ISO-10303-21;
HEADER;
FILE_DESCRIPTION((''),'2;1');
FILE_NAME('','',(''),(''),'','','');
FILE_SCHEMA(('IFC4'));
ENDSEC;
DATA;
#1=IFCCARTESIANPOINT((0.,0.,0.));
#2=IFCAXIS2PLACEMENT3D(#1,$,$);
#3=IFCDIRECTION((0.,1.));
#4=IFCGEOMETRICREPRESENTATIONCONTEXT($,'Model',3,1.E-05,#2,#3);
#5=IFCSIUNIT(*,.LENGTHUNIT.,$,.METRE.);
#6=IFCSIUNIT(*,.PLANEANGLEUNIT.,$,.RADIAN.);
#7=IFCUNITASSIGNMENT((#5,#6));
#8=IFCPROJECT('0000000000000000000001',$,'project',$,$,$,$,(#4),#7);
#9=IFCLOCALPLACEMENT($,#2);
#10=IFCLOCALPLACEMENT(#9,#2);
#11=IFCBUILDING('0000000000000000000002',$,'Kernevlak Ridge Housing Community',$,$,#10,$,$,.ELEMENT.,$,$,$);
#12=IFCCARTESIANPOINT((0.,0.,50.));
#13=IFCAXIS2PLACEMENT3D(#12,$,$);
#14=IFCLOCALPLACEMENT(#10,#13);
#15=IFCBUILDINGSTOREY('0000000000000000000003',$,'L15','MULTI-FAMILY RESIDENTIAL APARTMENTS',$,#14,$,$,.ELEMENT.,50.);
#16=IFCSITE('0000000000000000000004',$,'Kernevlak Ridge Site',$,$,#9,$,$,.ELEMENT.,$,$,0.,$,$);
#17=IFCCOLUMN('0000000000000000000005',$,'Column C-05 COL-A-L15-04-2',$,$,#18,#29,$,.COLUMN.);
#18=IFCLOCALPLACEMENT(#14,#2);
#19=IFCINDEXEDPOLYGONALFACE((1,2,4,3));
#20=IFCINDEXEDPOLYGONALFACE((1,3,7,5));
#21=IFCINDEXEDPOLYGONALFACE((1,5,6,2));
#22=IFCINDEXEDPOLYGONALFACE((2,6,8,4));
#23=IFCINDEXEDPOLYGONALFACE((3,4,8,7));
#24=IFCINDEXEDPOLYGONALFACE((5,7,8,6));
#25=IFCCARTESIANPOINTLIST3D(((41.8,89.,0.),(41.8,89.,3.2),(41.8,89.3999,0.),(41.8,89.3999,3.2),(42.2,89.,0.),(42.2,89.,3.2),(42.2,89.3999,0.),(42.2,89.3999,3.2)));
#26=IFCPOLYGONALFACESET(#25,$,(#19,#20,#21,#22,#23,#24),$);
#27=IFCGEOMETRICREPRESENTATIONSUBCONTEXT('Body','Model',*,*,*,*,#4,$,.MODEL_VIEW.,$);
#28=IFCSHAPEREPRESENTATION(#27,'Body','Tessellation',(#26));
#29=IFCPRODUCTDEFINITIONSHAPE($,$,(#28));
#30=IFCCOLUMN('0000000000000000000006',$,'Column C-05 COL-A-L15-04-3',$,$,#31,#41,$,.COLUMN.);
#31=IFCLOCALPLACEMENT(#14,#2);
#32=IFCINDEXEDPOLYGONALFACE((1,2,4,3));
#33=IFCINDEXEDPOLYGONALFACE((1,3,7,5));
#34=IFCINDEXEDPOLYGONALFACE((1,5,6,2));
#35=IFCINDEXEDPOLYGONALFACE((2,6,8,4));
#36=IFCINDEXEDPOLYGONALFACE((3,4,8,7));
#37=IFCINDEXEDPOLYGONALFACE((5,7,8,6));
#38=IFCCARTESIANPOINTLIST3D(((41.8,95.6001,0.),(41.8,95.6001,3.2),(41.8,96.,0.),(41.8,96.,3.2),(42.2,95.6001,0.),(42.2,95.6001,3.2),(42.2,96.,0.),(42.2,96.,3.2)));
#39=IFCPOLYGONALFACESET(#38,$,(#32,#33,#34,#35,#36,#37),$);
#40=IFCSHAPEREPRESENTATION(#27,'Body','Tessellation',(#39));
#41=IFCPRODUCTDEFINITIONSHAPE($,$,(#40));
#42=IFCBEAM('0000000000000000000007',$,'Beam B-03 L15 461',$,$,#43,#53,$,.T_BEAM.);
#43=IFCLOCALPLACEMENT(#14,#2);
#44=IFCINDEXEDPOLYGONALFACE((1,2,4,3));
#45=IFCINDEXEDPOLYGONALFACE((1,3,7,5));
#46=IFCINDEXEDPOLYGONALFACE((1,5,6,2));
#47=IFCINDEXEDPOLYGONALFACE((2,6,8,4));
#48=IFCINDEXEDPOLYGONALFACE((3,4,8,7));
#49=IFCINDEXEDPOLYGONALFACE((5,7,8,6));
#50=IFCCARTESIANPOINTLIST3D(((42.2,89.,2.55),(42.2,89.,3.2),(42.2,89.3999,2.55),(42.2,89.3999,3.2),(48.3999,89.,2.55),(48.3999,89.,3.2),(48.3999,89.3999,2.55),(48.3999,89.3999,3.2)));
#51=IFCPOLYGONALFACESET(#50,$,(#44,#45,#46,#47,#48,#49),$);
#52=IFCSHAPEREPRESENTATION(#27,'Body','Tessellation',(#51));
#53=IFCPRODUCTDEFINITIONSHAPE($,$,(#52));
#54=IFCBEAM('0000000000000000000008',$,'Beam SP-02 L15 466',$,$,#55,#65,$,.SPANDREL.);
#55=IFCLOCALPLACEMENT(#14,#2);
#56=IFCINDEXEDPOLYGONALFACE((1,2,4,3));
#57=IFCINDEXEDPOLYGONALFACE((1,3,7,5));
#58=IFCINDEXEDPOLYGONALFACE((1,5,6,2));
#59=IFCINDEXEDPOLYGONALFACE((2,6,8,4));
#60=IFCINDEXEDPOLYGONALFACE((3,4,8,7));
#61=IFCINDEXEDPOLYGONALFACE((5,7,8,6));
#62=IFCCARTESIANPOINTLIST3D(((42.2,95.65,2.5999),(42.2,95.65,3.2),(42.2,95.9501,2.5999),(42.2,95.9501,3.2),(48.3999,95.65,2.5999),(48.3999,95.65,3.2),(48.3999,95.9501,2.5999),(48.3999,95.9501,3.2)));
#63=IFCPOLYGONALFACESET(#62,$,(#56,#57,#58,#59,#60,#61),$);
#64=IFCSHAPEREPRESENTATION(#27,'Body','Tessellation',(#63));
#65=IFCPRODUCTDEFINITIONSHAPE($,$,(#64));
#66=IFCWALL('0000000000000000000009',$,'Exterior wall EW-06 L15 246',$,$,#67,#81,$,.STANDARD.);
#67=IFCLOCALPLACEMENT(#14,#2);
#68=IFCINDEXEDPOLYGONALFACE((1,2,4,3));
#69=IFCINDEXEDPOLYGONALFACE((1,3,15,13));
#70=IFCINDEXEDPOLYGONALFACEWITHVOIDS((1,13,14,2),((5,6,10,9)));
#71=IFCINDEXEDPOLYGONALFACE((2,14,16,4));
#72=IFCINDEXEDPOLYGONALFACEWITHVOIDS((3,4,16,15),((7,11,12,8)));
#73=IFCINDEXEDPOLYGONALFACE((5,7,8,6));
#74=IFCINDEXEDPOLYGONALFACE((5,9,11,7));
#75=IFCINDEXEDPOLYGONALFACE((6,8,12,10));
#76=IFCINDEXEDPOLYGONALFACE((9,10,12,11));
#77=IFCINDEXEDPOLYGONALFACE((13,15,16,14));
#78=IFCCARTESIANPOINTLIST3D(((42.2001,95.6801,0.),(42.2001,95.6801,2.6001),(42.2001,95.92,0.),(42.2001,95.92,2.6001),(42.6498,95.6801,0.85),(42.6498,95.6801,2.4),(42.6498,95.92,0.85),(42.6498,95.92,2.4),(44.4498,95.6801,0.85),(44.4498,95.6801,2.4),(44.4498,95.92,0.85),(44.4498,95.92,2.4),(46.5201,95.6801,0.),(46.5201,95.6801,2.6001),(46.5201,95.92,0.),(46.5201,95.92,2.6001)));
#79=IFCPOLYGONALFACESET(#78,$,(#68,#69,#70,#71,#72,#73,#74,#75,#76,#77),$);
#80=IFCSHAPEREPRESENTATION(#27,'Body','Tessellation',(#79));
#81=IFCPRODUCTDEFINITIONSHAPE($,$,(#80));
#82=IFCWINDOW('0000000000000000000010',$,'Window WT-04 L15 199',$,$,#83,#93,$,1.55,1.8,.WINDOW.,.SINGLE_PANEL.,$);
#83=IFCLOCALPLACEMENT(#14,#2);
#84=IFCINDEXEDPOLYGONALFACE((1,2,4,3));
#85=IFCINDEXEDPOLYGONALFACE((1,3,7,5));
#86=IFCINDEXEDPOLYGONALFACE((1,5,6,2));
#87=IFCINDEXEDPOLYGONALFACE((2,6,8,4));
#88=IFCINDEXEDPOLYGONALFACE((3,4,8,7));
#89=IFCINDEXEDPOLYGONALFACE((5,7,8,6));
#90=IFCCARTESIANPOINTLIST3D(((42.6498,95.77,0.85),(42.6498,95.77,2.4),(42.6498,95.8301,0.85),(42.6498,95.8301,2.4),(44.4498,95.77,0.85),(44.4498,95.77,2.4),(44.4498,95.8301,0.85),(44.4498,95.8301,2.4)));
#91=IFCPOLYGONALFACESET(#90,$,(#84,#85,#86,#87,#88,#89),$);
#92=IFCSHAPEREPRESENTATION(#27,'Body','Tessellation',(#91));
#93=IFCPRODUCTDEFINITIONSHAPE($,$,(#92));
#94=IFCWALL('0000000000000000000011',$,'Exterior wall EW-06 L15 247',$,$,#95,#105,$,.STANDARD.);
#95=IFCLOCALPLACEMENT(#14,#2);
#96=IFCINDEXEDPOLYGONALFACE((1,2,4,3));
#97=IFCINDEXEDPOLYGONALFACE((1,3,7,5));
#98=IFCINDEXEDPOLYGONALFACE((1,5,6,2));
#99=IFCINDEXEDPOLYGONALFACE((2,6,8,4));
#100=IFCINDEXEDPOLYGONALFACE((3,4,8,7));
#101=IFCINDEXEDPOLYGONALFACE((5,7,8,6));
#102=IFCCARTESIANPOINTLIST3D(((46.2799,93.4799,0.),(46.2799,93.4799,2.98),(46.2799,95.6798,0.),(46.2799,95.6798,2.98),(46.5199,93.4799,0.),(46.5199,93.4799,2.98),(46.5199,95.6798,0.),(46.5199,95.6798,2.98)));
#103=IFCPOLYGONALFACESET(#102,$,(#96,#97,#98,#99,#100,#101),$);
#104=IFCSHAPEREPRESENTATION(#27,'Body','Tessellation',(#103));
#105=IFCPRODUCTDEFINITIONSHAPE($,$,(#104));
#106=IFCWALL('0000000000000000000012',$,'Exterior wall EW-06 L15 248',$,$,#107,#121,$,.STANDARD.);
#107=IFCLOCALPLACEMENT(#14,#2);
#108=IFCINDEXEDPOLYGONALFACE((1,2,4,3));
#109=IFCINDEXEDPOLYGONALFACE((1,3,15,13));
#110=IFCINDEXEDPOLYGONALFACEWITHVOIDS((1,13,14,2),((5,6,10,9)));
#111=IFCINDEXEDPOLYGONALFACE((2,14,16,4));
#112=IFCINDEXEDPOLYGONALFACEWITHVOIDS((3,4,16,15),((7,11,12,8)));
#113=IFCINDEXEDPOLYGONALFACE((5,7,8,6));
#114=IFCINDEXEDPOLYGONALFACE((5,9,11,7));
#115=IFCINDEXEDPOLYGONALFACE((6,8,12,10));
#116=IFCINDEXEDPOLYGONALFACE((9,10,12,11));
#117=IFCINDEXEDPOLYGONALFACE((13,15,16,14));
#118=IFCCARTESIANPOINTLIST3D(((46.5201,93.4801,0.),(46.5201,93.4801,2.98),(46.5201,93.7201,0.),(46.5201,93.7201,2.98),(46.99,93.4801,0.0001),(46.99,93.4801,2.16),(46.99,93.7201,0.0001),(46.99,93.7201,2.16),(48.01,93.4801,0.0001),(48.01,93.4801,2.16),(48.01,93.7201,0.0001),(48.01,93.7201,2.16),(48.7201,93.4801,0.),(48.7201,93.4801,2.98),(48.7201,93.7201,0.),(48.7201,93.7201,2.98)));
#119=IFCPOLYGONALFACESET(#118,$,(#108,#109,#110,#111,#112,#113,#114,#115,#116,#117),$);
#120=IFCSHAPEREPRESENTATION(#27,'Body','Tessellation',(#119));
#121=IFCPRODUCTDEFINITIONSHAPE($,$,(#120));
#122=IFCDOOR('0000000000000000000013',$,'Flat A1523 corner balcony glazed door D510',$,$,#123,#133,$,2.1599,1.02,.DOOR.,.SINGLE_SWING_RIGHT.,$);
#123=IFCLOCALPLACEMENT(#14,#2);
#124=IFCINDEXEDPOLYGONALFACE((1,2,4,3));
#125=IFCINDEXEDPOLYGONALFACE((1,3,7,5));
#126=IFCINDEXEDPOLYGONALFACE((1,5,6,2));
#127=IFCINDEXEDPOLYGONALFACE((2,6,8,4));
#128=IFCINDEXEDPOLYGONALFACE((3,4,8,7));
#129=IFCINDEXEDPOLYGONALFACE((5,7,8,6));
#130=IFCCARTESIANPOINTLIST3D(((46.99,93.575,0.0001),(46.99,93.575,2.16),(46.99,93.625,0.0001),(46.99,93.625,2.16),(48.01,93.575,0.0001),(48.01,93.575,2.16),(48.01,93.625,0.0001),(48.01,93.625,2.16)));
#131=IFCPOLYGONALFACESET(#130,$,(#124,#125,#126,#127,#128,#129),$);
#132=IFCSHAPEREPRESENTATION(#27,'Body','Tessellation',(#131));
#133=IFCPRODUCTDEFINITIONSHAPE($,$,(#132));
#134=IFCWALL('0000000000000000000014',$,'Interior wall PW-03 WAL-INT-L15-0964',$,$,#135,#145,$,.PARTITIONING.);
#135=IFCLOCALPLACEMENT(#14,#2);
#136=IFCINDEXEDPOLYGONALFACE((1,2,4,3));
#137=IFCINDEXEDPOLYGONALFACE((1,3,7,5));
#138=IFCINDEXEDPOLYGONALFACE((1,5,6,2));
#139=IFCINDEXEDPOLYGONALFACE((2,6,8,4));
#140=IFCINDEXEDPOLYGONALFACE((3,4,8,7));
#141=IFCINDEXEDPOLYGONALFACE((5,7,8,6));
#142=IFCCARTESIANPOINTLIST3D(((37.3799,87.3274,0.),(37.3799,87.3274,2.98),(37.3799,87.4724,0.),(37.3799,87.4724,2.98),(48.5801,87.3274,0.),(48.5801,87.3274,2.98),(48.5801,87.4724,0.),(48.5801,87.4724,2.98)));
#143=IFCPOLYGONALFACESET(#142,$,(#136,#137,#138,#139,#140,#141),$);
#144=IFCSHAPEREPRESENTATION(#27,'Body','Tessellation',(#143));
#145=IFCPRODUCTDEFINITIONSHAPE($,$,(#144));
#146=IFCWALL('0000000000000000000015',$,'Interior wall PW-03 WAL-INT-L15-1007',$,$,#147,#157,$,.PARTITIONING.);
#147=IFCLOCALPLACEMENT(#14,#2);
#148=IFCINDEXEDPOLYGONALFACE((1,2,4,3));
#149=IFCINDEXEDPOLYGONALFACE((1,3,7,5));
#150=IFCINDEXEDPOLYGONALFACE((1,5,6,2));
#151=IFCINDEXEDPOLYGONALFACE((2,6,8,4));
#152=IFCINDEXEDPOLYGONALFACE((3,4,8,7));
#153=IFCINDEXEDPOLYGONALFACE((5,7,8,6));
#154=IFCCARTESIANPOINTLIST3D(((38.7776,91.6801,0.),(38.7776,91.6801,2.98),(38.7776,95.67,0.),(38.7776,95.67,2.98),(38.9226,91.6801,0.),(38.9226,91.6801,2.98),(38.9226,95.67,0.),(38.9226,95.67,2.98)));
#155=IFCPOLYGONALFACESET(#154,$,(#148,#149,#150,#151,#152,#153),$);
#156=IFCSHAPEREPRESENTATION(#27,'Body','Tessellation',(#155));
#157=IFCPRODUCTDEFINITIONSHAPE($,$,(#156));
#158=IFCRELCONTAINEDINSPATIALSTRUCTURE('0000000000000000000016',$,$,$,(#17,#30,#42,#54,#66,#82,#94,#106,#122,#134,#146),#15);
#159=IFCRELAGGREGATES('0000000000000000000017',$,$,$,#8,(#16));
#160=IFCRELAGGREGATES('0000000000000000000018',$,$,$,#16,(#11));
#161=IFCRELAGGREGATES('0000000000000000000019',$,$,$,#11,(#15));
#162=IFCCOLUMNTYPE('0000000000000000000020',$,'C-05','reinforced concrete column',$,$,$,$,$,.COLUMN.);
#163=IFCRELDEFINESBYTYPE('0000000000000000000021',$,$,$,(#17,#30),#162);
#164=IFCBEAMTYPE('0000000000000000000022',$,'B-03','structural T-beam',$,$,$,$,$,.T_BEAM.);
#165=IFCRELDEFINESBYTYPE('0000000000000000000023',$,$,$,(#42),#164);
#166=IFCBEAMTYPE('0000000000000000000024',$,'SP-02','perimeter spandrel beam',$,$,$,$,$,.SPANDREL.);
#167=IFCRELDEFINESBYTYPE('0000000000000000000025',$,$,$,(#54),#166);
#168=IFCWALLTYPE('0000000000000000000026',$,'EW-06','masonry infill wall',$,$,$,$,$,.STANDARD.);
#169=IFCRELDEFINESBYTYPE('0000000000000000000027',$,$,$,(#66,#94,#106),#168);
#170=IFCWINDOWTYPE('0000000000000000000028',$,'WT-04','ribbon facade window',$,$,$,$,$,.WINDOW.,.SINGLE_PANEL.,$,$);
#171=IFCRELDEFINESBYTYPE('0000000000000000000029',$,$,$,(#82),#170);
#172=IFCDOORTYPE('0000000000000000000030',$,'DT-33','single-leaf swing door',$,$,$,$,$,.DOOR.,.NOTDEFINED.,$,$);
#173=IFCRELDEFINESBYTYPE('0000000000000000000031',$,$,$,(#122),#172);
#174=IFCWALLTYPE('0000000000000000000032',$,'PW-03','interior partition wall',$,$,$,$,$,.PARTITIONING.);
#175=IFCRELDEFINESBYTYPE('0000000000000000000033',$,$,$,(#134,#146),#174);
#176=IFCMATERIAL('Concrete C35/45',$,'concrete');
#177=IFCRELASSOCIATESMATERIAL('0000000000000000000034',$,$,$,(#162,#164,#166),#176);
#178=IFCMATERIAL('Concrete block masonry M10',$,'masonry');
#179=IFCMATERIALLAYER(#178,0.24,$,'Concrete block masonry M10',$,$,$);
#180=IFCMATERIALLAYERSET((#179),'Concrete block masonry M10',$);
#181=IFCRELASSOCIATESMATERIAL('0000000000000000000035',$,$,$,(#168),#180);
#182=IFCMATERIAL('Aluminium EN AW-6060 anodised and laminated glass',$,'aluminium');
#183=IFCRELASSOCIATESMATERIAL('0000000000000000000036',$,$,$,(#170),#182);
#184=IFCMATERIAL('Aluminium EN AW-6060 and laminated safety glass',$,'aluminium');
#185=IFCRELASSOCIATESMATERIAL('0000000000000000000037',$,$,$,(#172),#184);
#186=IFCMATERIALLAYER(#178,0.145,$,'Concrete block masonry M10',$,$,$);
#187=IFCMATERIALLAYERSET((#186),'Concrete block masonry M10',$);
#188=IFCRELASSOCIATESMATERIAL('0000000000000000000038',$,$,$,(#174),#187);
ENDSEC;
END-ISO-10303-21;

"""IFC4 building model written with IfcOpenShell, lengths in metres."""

from ifc_helpers import new_model, si_unit, direction, frame, frame_2d, origin, origin_2d, place, context, subcontext, project, spatial, rectangle, extrude, material, layer, layer_set, material_profile, profile_set, type_object, element, fill, save


model = new_model("IFC4")

# Units and contexts
model_context = context("Model", 3, precision=1e-05, world=origin(), true_north=direction((0.0, 1.0)))
body_context = subcontext(model_context, "Body", "Model", "MODEL_VIEW")
ifc_project = project(units=[si_unit("LENGTHUNIT", "METRE"), si_unit("PLANEANGLEUNIT", "RADIAN")], contexts=[model_context])

# Site, building, storey
site_placement = place(None, origin())
site = spatial("IfcSite", under=ifc_project, at=site_placement, Name="Kernevlak Ridge Site", CompositionType="ELEMENT", RefElevation=0.0)
building_placement = place(site_placement, origin())
building = spatial("IfcBuilding", under=site, at=building_placement, Name="Kernevlak Ridge Housing Community", CompositionType="ELEMENT")
storey_placement = place(building_placement, frame((0.0, 0.0, 50.0)))
storey = spatial("IfcBuildingStorey", under=building, at=storey_placement, Name="L15", Description="MULTI-FAMILY RESIDENTIAL APARTMENTS", CompositionType="ELEMENT", Elevation=50.0)

# Columns
ifc_material_1 = material(Name="Concrete C35/45", Category="concrete")
ifc_material_profile_1 = material_profile(ifc_material_1, rectangle(XDim=0.3999, YDim=0.3999, at=origin_2d()), Name="RC 400x400")
ifc_profile_set_1 = profile_set([ifc_material_profile_1], Name="Concrete C35/45")
column_type = type_object("IfcColumnType", Name="C-05", Description="reinforced concrete column", PredefinedType="COLUMN", material=ifc_profile_set_1)
for number, where, z_axis, x_axis, name in (
    (1, (42.0, 89.2, 0.0), (0.0, 0.0, 1.0), (1.0, 0.0, 0.0), "Column C-05 COL-A-L15-04-2"),
    (2, (42.0, 95.8, 0.0), (0.0, 0.0, 1.0), (1.0, 0.0, 0.0), "Column C-05 COL-A-L15-04-3"),
):
    element("IfcColumn", number, at=place(storey_placement, frame(where, z_axis=z_axis, x_axis=x_axis)), inside=storey, type_object=column_type, Name=name, PredefinedType="COLUMN", context=body_context, shape_type="SweptSolid", body=[
        extrude(rectangle(XDim=0.3999, YDim=0.3999, at=origin_2d()), origin(), (0.0, 0.0, 1.0), 3.2),
    ])

# Beams
ifc_material_profile_2 = material_profile(ifc_material_1, rectangle(XDim=0.3999, YDim=0.6499, at=origin_2d()), Name="RC 400x650")
ifc_profile_set_2 = profile_set([ifc_material_profile_2], Name="Concrete C35/45")
beam_type_1 = type_object("IfcBeamType", Name="B-03", Description="structural T-beam", PredefinedType="T_BEAM", material=ifc_profile_set_2)
beam_1_placement = place(storey_placement, frame((42.2, 89.2, 2.875), z_axis=(1.0, 0.0, 0.0), x_axis=(0.0, 1.0, 0.0)))
element("IfcBeam", 3, at=beam_1_placement, inside=storey, type_object=beam_type_1, Name="Beam B-03 L15 461", PredefinedType="T_BEAM", context=body_context, shape_type="SweptSolid", body=[
    extrude(rectangle(XDim=0.3999, YDim=0.6499, at=origin_2d()), origin(), (0.0, 0.0, 1.0), 6.2),
])
ifc_material_profile_3 = material_profile(ifc_material_1, rectangle(XDim=0.3, YDim=0.6001, at=origin_2d()), Name="RC 300x600")
ifc_profile_set_3 = profile_set([ifc_material_profile_3], Name="Concrete C35/45")
beam_type_2 = type_object("IfcBeamType", Name="SP-02", Description="perimeter spandrel beam", PredefinedType="SPANDREL", material=ifc_profile_set_3)
beam_2_placement = place(storey_placement, frame((42.2, 95.8, 2.8999), z_axis=(1.0, 0.0, 0.0), x_axis=(0.0, 1.0, 0.0)))
element("IfcBeam", 4, at=beam_2_placement, inside=storey, type_object=beam_type_2, Name="Beam SP-02 L15 466", PredefinedType="SPANDREL", context=body_context, shape_type="SweptSolid", body=[
    extrude(rectangle(XDim=0.3, YDim=0.6001, at=origin_2d()), origin(), (0.0, 0.0, 1.0), 6.2),
])

# Wall, opening, window
ifc_material_2 = material(Name="Concrete block masonry M10", Category="masonry")
ifc_layer_1 = layer(ifc_material_2, 0.24, Name="Concrete block masonry M10")
ifc_layer_set_1 = layer_set([ifc_layer_1], Name="Concrete block masonry M10")
wall_type_1 = type_object("IfcWallType", Name="EW-06", Description="masonry infill wall", PredefinedType="STANDARD", material=ifc_layer_set_1)
wall_1_placement = place(storey_placement, frame((42.2, 95.8, 0.0), z_axis=(0.0, 0.0, 1.0), x_axis=(1.0, 0.0, 0.0)))
wall_1 = element("IfcWall", 5, at=wall_1_placement, inside=storey, type_object=wall_type_1, Name="Exterior wall EW-06 L15 246", PredefinedType="STANDARD", context=body_context, shape_type="SweptSolid", body=[
    extrude(rectangle(XDim=4.3201, YDim=0.24, at=frame_2d((2.1602, 0.0))), origin(), (0.0, 0.0, 1.0), 2.6001),
])
opening_1_placement = place(wall_1_placement, frame((0.45, 0.0, 0.8501)))
opening_1 = element("IfcOpeningElement", 6, at=opening_1_placement, cuts=wall_1, PredefinedType="OPENING", context=body_context, shape_type="SweptSolid", body=[
    extrude(rectangle(XDim=1.8, YDim=1.55, at=frame_2d((0.8999, 0.7749))), frame((0.0, 0.1299, 0.0), z_axis=(0.0, -1.0, 0.0), x_axis=(1.0, 0.0, 0.0)), (0.0, 0.0, 1.0), 0.26),
])
ifc_material_3 = material(Name="Aluminium EN AW-6060 anodised and laminated glass", Category="aluminium")
window_type = type_object("IfcWindowType", Name="WT-04", Description="ribbon facade window", PartitioningType="SINGLE_PANEL", PredefinedType="WINDOW", material=ifc_material_3)
window_placement = place(opening_1_placement, origin())
window = element("IfcWindow", 7, at=window_placement, inside=storey, type_object=window_type, Name="Window WT-04 L15 199", OverallHeight=1.55, OverallWidth=1.8, PartitioningType="SINGLE_PANEL", PredefinedType="WINDOW", context=body_context, shape_type="SweptSolid", body=[
    extrude(rectangle(XDim=1.8, YDim=1.55, at=frame_2d((0.8999, 0.7749))), frame((0.0, 0.03, 0.0), z_axis=(0.0, -1.0, 0.0), x_axis=(1.0, 0.0, 0.0)), (0.0, 0.0, 1.0), 0.0601),
])
fill(opening_1, window)

# Wall
wall_2_placement = place(storey_placement, frame((46.3999, 95.6799, 0.0), z_axis=(0.0, 0.0, 1.0), x_axis=(0.0, -1.0, 0.0)))
element("IfcWall", 8, at=wall_2_placement, inside=storey, type_object=wall_type_1, Name="Exterior wall EW-06 L15 247", PredefinedType="STANDARD", context=body_context, shape_type="SweptSolid", body=[
    extrude(rectangle(XDim=2.2, YDim=0.24, at=frame_2d((1.1001, 0.0))), origin(), (0.0, 0.0, 1.0), 2.98),
])

# Wall, opening, door
wall_3_placement = place(storey_placement, frame((46.52, 93.6001, 0.0), z_axis=(0.0, 0.0, 1.0), x_axis=(1.0, 0.0, 0.0)))
wall_3 = element("IfcWall", 9, at=wall_3_placement, inside=storey, type_object=wall_type_1, Name="Exterior wall EW-06 L15 248", PredefinedType="STANDARD", context=body_context, shape_type="SweptSolid", body=[
    extrude(rectangle(XDim=2.2, YDim=0.24, at=frame_2d((1.1001, 0.0))), origin(), (0.0, 0.0, 1.0), 2.98),
])
opening_2_placement = place(wall_3_placement, frame((0.47, 0.0, 0.0)))
opening_2 = element("IfcOpeningElement", 10, at=opening_2_placement, cuts=wall_3, PredefinedType="OPENING", context=body_context, shape_type="SweptSolid", body=[
    extrude(rectangle(XDim=1.02, YDim=2.1599, at=frame_2d((0.51, 1.0801))), frame((0.0, 0.1299, 0.0), z_axis=(0.0, -1.0, 0.0), x_axis=(1.0, 0.0, 0.0)), (0.0, 0.0, 1.0), 0.26),
])
ifc_material_4 = material(Name="Aluminium EN AW-6060 and laminated safety glass", Category="aluminium")
door_type_1 = type_object("IfcDoorType", Name="DT-33", Description="single-leaf swing door", OperationType="NOTDEFINED", PredefinedType="DOOR", material=ifc_material_4)
door_1_placement = place(opening_2_placement, origin())
door_1 = element("IfcDoor", 11, at=door_1_placement, inside=storey, type_object=door_type_1, Name="Flat A1523 corner balcony glazed door D510", OperationType="SINGLE_SWING_RIGHT", OverallHeight=2.1599, OverallWidth=1.02, PredefinedType="DOOR", context=body_context, shape_type="SweptSolid", body=[
    extrude(rectangle(XDim=1.02, YDim=2.1599, at=frame_2d((0.51, 1.0801))), frame((0.0, 0.0249, 0.0), z_axis=(0.0, -1.0, 0.0), x_axis=(1.0, 0.0, 0.0)), (0.0, 0.0, 1.0), 0.05),
])
fill(opening_2, door_1)

# Walls
ifc_layer_2 = layer(ifc_material_2, 0.145, Name="Concrete block masonry M10")
ifc_layer_set_2 = layer_set([ifc_layer_2], Name="Concrete block masonry M10")
wall_type_2 = type_object("IfcWallType", Name="PW-03", Description="interior partition wall", PredefinedType="PARTITIONING", material=ifc_layer_set_2)
wall_4_placement = place(storey_placement, frame((37.3799, 87.3999, 0.0), z_axis=(0.0, 0.0, 1.0), x_axis=(1.0, 0.0, 0.0)))
element("IfcWall", 12, at=wall_4_placement, inside=storey, type_object=wall_type_2, Name="Interior wall PW-03 WAL-INT-L15-0964", PredefinedType="PARTITIONING", context=body_context, shape_type="SweptSolid", body=[
    extrude(rectangle(XDim=11.2002, YDim=0.145, at=frame_2d((5.6001, 0.0))), origin(), (0.0, 0.0, 1.0), 2.98),
])
wall_5_placement = place(storey_placement, frame((38.8501, 91.6799, 0.0), z_axis=(0.0, 0.0, 1.0), x_axis=(0.0, 1.0, 0.0)))
element("IfcWall", 13, at=wall_5_placement, inside=storey, type_object=wall_type_2, Name="Interior wall PW-03 WAL-INT-L15-1007", PredefinedType="PARTITIONING", context=body_context, shape_type="SweptSolid", body=[
    extrude(rectangle(XDim=3.99, YDim=0.145, at=frame_2d((1.9951, 0.0))), origin(), (0.0, 0.0, 1.0), 2.98),
])

save(model, "model.ifc")
